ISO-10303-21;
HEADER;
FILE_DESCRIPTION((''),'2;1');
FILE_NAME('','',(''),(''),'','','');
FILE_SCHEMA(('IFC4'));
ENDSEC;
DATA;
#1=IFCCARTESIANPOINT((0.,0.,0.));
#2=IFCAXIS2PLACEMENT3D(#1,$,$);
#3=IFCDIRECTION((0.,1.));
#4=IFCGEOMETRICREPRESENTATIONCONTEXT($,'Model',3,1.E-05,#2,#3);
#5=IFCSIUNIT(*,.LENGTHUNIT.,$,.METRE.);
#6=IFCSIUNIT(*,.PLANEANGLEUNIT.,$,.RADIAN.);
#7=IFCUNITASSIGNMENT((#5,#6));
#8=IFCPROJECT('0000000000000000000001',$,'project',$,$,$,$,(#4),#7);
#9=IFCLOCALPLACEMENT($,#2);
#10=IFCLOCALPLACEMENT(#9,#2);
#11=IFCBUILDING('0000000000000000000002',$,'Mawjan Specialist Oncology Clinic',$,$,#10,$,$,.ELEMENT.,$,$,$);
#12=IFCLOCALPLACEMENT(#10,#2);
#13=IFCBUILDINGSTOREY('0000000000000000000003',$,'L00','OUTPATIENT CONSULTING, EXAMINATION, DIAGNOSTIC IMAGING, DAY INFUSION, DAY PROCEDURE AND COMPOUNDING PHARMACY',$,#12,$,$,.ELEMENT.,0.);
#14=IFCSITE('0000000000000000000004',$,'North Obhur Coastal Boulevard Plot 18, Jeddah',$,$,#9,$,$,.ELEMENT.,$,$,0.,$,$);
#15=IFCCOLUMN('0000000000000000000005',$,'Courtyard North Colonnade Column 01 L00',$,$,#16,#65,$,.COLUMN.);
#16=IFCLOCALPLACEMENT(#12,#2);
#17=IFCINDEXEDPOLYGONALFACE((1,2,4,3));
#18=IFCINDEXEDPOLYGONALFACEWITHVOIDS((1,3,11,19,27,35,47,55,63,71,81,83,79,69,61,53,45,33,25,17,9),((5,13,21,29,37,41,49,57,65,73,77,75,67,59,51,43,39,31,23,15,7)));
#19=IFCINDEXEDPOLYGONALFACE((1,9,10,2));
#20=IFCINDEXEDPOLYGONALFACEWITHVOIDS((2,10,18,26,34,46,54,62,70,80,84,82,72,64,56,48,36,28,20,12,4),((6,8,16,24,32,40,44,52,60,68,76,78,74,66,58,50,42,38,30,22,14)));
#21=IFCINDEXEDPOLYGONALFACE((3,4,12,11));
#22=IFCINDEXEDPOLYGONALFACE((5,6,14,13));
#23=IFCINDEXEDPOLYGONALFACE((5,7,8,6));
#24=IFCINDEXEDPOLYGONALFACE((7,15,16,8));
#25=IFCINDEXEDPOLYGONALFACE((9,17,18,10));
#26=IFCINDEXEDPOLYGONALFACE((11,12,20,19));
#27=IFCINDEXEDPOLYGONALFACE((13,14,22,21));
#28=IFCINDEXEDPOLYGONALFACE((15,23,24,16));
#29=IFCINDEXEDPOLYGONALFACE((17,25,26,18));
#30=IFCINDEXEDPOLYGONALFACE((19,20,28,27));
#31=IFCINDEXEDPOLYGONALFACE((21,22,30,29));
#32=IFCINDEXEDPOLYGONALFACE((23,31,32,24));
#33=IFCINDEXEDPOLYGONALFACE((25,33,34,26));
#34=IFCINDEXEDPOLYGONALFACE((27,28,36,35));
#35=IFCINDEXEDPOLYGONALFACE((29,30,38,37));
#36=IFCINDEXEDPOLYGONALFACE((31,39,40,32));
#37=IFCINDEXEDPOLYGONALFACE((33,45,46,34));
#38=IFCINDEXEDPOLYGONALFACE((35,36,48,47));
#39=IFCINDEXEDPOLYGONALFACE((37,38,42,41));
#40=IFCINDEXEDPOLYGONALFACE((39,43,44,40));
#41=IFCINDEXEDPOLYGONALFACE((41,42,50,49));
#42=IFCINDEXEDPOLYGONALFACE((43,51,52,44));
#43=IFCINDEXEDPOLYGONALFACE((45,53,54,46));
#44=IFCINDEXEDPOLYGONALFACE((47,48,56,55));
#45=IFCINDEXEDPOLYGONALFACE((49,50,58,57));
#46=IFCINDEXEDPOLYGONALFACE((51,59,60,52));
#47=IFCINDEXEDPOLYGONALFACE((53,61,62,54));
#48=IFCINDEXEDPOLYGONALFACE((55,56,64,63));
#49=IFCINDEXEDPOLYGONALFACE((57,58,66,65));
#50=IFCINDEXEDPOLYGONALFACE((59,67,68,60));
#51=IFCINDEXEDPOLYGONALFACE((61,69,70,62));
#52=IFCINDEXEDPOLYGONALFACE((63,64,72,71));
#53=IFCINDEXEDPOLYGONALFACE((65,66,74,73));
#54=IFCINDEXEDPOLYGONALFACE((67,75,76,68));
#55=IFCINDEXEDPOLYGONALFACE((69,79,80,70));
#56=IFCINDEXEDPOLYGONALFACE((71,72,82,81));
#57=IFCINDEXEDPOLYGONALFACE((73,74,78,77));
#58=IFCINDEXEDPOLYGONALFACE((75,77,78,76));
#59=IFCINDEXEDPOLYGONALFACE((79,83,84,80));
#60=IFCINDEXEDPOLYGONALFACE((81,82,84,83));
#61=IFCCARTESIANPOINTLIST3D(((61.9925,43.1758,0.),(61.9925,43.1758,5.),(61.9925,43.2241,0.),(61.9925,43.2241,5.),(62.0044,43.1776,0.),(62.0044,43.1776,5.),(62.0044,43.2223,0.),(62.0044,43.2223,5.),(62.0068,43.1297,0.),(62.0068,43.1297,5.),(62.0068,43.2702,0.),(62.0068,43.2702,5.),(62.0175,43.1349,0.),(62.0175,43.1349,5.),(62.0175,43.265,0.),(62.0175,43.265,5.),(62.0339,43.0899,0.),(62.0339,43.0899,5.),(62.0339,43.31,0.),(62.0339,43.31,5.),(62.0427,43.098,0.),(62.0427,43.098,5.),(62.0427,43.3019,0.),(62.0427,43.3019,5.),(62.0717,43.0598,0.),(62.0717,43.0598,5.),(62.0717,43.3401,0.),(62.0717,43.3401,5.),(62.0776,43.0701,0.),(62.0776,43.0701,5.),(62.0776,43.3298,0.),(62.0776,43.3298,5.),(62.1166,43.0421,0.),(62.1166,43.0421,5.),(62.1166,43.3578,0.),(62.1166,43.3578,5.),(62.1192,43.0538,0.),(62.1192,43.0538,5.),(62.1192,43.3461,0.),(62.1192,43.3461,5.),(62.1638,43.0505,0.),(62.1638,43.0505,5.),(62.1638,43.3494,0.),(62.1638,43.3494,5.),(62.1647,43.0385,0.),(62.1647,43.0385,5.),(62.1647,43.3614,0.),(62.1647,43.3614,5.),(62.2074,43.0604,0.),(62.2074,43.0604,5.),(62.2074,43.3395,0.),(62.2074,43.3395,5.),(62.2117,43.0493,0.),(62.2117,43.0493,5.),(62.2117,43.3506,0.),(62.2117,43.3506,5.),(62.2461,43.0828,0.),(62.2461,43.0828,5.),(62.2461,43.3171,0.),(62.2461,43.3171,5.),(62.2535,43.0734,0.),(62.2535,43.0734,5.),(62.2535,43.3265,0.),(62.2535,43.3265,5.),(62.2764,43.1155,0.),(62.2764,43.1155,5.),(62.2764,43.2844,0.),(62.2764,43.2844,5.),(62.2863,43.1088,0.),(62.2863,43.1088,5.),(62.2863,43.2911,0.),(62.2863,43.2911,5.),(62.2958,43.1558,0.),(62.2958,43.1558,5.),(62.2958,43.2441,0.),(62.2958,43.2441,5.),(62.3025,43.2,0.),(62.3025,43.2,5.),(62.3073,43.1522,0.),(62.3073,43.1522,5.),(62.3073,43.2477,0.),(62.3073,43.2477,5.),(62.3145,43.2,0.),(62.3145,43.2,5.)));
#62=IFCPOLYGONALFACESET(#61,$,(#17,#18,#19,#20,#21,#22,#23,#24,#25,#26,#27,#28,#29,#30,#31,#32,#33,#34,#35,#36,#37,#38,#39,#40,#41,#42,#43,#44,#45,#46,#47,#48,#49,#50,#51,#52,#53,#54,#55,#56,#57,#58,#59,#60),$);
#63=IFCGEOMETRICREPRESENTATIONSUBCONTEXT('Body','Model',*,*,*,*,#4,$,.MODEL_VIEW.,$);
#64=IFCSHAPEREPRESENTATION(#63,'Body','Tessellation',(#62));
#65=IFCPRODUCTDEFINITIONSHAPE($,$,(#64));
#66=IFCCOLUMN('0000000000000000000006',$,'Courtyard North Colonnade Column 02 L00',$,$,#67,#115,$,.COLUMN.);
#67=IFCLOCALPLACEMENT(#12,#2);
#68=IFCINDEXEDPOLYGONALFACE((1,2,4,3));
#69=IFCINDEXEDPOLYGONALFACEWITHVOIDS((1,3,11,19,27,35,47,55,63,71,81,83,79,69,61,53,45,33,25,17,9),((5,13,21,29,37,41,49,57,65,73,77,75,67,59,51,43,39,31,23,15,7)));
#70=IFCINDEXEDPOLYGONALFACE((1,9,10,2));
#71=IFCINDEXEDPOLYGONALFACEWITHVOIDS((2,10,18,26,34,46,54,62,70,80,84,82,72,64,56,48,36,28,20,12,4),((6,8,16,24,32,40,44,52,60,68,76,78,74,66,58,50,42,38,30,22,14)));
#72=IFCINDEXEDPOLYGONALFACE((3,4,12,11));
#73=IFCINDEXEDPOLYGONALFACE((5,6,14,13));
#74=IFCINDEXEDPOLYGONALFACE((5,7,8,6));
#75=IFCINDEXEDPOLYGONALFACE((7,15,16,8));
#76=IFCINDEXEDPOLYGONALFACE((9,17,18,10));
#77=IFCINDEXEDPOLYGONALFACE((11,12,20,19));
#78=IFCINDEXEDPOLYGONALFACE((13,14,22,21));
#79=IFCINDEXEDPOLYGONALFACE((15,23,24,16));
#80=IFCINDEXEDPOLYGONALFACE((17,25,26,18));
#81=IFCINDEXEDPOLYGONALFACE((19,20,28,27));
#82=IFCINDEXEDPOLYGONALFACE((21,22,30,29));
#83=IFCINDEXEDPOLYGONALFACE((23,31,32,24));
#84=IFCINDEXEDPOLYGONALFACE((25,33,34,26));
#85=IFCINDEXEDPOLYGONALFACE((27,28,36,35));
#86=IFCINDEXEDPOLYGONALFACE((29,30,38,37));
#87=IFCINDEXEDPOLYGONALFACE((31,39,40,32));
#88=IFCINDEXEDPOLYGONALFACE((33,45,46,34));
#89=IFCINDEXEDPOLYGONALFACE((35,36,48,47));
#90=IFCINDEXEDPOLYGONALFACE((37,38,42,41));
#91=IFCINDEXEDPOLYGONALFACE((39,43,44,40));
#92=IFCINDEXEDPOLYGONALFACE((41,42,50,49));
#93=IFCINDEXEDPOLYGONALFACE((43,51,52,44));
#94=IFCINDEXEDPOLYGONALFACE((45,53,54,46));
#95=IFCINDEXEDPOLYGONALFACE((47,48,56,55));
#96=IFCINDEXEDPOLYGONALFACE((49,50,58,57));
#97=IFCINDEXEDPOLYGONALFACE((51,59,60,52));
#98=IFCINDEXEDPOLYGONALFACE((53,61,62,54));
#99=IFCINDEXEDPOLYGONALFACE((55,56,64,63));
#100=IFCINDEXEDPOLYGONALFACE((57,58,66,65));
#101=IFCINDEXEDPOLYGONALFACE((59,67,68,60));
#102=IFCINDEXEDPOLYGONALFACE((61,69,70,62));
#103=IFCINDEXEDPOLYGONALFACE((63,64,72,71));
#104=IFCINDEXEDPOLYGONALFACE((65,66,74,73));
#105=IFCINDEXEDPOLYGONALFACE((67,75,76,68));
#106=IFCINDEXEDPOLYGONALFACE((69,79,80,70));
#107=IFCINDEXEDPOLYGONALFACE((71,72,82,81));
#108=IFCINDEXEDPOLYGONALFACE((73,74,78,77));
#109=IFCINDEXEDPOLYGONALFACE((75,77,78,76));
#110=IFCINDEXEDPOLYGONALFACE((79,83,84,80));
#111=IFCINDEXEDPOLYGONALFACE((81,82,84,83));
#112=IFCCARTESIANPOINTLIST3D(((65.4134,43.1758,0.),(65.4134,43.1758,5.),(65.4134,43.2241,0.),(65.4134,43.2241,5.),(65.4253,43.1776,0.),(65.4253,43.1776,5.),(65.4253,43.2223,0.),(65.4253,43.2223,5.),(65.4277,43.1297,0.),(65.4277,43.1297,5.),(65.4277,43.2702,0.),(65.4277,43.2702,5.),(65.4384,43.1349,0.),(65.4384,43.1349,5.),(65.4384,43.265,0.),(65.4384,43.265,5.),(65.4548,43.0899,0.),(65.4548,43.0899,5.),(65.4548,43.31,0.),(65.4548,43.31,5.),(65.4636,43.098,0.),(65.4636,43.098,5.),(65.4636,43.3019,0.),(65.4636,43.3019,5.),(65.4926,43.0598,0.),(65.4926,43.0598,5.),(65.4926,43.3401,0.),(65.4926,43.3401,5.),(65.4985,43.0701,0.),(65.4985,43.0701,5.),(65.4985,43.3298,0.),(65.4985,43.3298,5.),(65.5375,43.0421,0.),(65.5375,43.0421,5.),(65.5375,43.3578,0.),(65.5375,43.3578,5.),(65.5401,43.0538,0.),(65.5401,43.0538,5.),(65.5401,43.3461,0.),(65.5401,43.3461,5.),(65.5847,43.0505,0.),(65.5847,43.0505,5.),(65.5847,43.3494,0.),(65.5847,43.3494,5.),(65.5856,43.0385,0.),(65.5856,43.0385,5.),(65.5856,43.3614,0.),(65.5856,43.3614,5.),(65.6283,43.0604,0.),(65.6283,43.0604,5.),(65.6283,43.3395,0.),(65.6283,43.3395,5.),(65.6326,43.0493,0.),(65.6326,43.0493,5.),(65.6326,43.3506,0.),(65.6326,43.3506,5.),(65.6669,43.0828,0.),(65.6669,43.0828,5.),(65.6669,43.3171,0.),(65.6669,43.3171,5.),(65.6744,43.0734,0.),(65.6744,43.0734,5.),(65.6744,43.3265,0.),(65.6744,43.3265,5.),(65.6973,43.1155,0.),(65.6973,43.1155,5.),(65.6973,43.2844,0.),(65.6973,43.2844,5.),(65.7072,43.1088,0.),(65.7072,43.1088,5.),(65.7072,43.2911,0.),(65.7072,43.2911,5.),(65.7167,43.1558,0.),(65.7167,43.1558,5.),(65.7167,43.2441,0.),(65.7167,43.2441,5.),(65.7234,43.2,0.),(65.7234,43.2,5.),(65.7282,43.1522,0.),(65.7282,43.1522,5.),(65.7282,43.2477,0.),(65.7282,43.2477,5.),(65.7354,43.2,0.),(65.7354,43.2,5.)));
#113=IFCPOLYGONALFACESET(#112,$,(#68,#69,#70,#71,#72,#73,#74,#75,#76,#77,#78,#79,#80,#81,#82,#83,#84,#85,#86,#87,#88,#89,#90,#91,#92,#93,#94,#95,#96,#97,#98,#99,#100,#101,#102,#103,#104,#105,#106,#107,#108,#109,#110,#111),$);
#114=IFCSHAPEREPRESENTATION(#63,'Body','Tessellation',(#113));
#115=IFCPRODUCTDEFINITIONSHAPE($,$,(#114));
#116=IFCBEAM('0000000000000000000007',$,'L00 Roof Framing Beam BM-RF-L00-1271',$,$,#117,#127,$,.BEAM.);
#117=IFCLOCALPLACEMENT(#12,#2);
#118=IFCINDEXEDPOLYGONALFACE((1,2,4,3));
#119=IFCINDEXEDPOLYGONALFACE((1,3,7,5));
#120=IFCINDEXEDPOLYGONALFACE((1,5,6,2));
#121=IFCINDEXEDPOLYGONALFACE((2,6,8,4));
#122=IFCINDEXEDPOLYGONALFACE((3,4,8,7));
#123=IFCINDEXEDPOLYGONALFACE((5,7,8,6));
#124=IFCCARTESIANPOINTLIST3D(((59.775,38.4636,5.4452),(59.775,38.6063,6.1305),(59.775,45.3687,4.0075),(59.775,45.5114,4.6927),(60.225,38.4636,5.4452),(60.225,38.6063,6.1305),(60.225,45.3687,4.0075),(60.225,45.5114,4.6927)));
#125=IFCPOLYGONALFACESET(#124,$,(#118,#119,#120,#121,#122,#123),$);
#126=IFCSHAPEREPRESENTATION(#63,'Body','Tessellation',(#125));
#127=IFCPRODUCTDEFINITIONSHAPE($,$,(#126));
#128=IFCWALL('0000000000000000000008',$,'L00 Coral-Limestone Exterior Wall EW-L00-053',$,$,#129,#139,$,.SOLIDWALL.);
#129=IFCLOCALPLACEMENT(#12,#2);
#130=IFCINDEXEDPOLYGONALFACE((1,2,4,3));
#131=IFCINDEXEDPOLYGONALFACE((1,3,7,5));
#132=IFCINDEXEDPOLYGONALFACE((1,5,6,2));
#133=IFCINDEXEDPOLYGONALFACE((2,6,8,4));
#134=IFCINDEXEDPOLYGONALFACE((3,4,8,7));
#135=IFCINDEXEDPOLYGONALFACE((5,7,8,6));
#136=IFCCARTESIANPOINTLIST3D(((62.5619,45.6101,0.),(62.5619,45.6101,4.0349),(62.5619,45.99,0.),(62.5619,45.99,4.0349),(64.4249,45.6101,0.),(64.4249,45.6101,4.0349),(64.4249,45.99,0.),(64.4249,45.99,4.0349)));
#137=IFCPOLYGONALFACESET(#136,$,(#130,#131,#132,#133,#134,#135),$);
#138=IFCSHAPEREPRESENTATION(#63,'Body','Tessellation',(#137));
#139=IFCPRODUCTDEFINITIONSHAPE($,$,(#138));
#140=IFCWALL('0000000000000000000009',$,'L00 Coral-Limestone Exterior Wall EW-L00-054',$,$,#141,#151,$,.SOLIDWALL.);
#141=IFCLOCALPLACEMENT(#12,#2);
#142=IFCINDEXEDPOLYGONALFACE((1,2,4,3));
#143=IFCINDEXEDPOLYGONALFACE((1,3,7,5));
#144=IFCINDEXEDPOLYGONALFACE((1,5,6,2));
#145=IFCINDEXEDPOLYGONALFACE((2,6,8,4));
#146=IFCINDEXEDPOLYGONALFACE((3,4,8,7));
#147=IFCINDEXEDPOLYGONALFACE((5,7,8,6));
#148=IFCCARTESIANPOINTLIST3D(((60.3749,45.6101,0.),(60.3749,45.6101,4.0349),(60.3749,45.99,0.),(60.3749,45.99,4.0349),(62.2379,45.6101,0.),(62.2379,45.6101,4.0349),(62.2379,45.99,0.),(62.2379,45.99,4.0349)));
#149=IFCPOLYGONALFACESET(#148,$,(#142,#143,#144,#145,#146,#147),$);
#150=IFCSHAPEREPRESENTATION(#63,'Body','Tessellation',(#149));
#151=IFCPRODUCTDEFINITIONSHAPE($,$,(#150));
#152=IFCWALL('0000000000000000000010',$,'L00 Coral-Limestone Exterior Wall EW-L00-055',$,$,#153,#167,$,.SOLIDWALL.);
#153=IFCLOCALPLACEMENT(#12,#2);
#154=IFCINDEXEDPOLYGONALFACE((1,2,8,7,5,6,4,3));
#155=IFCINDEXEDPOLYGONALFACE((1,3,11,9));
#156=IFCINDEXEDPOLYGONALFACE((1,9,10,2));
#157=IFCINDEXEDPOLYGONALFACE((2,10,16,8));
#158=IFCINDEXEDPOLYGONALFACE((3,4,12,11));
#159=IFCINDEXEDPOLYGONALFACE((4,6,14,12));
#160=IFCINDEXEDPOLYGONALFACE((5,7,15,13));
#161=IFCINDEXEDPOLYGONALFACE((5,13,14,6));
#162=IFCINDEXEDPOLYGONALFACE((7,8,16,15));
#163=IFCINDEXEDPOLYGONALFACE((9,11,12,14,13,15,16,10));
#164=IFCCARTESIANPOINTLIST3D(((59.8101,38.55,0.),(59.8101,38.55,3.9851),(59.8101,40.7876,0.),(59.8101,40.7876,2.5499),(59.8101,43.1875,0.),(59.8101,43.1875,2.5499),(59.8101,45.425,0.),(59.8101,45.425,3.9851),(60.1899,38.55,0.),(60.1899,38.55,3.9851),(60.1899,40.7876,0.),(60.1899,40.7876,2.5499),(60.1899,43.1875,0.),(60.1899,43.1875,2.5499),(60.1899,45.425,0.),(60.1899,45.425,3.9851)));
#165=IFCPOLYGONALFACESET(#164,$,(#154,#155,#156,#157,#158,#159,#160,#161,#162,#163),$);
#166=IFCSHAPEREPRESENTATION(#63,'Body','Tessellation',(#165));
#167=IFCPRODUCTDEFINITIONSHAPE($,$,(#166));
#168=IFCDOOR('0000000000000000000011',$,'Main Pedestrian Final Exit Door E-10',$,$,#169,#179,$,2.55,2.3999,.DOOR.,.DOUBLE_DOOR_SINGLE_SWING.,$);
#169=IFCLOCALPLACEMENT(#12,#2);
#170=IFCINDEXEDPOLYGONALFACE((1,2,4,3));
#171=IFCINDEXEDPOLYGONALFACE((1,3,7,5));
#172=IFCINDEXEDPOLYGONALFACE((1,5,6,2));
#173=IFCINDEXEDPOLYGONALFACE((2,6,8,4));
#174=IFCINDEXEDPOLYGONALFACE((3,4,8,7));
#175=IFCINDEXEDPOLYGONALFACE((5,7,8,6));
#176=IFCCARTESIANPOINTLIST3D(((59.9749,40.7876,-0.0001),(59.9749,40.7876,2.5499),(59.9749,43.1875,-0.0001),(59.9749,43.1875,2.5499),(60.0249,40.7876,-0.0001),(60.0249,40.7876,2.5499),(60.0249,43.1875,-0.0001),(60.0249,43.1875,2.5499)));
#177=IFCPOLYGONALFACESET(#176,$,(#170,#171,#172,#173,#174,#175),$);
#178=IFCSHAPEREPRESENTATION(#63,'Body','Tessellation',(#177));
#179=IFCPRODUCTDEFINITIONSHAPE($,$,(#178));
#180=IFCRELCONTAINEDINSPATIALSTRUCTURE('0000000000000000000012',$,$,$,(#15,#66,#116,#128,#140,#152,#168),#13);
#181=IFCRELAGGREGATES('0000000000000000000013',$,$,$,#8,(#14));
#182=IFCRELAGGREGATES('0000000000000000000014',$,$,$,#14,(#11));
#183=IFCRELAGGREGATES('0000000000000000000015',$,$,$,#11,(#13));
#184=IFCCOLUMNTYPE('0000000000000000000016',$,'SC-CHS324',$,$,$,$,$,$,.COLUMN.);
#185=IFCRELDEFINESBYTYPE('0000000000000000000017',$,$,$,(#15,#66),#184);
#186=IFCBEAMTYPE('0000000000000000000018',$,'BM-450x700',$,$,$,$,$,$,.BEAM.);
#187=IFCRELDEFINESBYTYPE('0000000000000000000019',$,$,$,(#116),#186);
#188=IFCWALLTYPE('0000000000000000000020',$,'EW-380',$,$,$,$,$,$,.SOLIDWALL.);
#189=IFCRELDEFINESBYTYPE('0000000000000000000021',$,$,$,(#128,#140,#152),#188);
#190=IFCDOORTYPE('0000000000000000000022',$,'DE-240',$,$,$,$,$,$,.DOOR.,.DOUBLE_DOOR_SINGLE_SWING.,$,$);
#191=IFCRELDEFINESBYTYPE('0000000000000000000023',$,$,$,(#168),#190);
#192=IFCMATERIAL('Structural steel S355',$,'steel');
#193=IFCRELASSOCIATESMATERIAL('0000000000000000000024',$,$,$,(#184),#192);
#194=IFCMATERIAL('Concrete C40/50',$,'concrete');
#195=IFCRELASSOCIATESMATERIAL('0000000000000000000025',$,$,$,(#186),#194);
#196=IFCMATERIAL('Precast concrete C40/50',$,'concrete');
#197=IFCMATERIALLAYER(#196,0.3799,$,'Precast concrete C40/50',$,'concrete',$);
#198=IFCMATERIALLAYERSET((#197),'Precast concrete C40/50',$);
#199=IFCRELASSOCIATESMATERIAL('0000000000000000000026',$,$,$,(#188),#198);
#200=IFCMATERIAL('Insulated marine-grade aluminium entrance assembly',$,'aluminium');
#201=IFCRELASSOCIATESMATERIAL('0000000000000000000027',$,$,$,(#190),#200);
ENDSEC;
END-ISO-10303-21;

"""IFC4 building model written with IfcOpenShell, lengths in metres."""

from ifc_helpers import new_model, si_unit, direction, frame, frame_2d, origin, origin_2d, place, context, subcontext, project, spatial, rectangle, hollow_circle, extrude, material, layer, layer_set, material_profile, profile_set, type_object, element, fill, save


model = new_model("IFC4")

# Units and contexts
model_context = context("Model", 3, precision=1e-05, world=origin(), true_north=direction((0.0, 1.0)))
body_context = subcontext(model_context, "Body", "Model", "MODEL_VIEW")
ifc_project = project(units=[si_unit("LENGTHUNIT", "METRE"), si_unit("PLANEANGLEUNIT", "RADIAN")], contexts=[model_context])

# Site, building, storey
site_placement = place(None, origin())
site = spatial("IfcSite", under=ifc_project, at=site_placement, Name="North Obhur Coastal Boulevard Plot 18, Jeddah", CompositionType="ELEMENT", RefElevation=0.0)
building_placement = place(site_placement, origin())
building = spatial("IfcBuilding", under=site, at=building_placement, Name="Mawjan Specialist Oncology Clinic", CompositionType="ELEMENT")
storey_placement = place(building_placement, origin())
storey = spatial("IfcBuildingStorey", under=building, at=storey_placement, Name="L00", Description="OUTPATIENT CONSULTING, EXAMINATION, DIAGNOSTIC IMAGING, DAY INFUSION, DAY PROCEDURE AND COMPOUNDING PHARMACY", CompositionType="ELEMENT", Elevation=0.0)

# Columns
ifc_material_1 = material(Name="Structural steel S355", Category="steel")
ifc_material_profile_1 = material_profile(ifc_material_1, hollow_circle(Radius=0.1619, WallThickness=0.012, at=origin_2d()), Name="CHS 323.9x12", Category="steel")
ifc_profile_set_1 = profile_set([ifc_material_profile_1], Name="Structural steel S355")
column_type_1 = type_object("IfcColumnType", Name="SC-CHS324", PredefinedType="COLUMN", material=ifc_profile_set_1)
for number, where, z_axis, x_axis, name in (
    (1, (62.1526, 43.2, 0.0), (0.0, 0.0, 1.0), (1.0, 0.0, 0.0), "Courtyard North Colonnade Column 01 L00"),
    (2, (65.5735, 43.2, 0.0), (0.0, 0.0, 1.0), (1.0, 0.0, 0.0), "Courtyard North Colonnade Column 02 L00"),
):
    element("IfcColumn", number, at=place(storey_placement, frame(where, z_axis=z_axis, x_axis=x_axis)), inside=storey, type_object=column_type_1, Name=name, PredefinedType="COLUMN", context=body_context, shape_type="SweptSolid", body=[
        extrude(hollow_circle(Radius=0.1619, WallThickness=0.012, at=origin_2d()), origin(), (0.0, 0.0, 1.0), 5.0),
    ])

# Beam
ifc_material_2 = material(Name="Concrete C40/50", Category="concrete")
ifc_material_profile_2 = material_profile(ifc_material_2, rectangle(XDim=0.45, YDim=0.7, at=origin_2d()), Name="RC BM 450x700", Category="concrete")
ifc_profile_set_2 = profile_set([ifc_material_profile_2], Name="Concrete C40/50")
beam_type = type_object("IfcBeamType", Name="BM-450x700", PredefinedType="BEAM", material=ifc_profile_set_2)
beam_placement = place(storey_placement, frame((60.0, 38.5349, 5.7878), z_axis=(0.0, 0.979003, -0.203845), x_axis=(-1.0, 0.0, 0.0)))
element("IfcBeam", 3, at=beam_placement, inside=storey, type_object=beam_type, Name="L00 Roof Framing Beam BM-RF-L00-1271", PredefinedType="BEAM", context=body_context, shape_type="SweptSolid", body=[
    extrude(rectangle(XDim=0.45, YDim=0.7, at=origin_2d()), origin(), (0.0, 0.0, 1.0), 7.0532),
])

# Walls
ifc_material_3 = material(Name="Precast concrete C40/50", Category="concrete")
ifc_layer = layer(ifc_material_3, 0.3799, Name="Precast concrete C40/50", Category="concrete")
ifc_layer_set = layer_set([ifc_layer], Name="Precast concrete C40/50")
wall_type = type_object("IfcWallType", Name="EW-380", PredefinedType="SOLIDWALL", material=ifc_layer_set)
for number, where, z_axis, x_axis, name in (
    (4, (64.425, 45.8, 0.0), (0.0, 0.0, 1.0), (-1.0, 0.0, 0.0), "L00 Coral-Limestone Exterior Wall EW-L00-053"),
    (5, (62.238, 45.8, 0.0), (0.0, 0.0, 1.0), (-1.0, 0.0, 0.0), "L00 Coral-Limestone Exterior Wall EW-L00-054"),
):
    element("IfcWall", number, at=place(storey_placement, frame(where, z_axis=z_axis, x_axis=x_axis)), inside=storey, type_object=wall_type, Name=name, PredefinedType="SOLIDWALL", context=body_context, shape_type="SweptSolid", body=[
        extrude(rectangle(XDim=1.863, YDim=0.3799, at=frame_2d((0.9316, 0.0))), origin(), (0.0, 0.0, 1.0), 4.0349),
    ])

# Wall, opening, door
wall_placement = place(storey_placement, frame((60.0, 45.425, 0.0), z_axis=(0.0, 0.0, 1.0), x_axis=(0.0, -1.0, 0.0)))
wall = element("IfcWall", 6, at=wall_placement, inside=storey, type_object=wall_type, Name="L00 Coral-Limestone Exterior Wall EW-L00-055", PredefinedType="SOLIDWALL", context=body_context, shape_type="SweptSolid", body=[
    extrude(rectangle(XDim=6.875, YDim=0.3799, at=frame_2d((3.4375, 0.0))), origin(), (0.0, 0.0, 1.0), 3.9851),
])
opening_placement = place(wall_placement, frame((2.2375, 0.0, 0.0)))
opening = element("IfcOpeningElement", 7, at=opening_placement, cuts=wall, PredefinedType="OPENING", context=body_context, shape_type="SweptSolid", body=[
    extrude(rectangle(XDim=2.3999, YDim=2.55, at=frame_2d((1.2, 1.2749))), frame((0.0, 0.2019, 0.0), z_axis=(0.0, -1.0, 0.0), x_axis=(1.0, 0.0, 0.0)), (0.0, 0.0, 1.0), 0.4038),
])
ifc_material_4 = material(Name="Insulated marine-grade aluminium entrance assembly", Category="aluminium")
door_type = type_object("IfcDoorType", Name="DE-240", OperationType="DOUBLE_DOOR_SINGLE_SWING", PredefinedType="DOOR", material=ifc_material_4)
door_placement = place(opening_placement, origin())
door = element("IfcDoor", 8, at=door_placement, inside=storey, type_object=door_type, Name="Main Pedestrian Final Exit Door E-10", OperationType="DOUBLE_DOOR_SINGLE_SWING", OverallHeight=2.55, OverallWidth=2.3999, PredefinedType="DOOR", context=body_context, shape_type="SweptSolid", body=[
    extrude(rectangle(XDim=2.3999, YDim=2.55, at=frame_2d((1.2, 1.2749))), frame((0.0, 0.0249, 0.0), z_axis=(0.0, -1.0, 0.0), x_axis=(1.0, 0.0, 0.0)), (0.0, 0.0, 1.0), 0.05),
])
fill(opening, door)

save(model, "model.ifc")
